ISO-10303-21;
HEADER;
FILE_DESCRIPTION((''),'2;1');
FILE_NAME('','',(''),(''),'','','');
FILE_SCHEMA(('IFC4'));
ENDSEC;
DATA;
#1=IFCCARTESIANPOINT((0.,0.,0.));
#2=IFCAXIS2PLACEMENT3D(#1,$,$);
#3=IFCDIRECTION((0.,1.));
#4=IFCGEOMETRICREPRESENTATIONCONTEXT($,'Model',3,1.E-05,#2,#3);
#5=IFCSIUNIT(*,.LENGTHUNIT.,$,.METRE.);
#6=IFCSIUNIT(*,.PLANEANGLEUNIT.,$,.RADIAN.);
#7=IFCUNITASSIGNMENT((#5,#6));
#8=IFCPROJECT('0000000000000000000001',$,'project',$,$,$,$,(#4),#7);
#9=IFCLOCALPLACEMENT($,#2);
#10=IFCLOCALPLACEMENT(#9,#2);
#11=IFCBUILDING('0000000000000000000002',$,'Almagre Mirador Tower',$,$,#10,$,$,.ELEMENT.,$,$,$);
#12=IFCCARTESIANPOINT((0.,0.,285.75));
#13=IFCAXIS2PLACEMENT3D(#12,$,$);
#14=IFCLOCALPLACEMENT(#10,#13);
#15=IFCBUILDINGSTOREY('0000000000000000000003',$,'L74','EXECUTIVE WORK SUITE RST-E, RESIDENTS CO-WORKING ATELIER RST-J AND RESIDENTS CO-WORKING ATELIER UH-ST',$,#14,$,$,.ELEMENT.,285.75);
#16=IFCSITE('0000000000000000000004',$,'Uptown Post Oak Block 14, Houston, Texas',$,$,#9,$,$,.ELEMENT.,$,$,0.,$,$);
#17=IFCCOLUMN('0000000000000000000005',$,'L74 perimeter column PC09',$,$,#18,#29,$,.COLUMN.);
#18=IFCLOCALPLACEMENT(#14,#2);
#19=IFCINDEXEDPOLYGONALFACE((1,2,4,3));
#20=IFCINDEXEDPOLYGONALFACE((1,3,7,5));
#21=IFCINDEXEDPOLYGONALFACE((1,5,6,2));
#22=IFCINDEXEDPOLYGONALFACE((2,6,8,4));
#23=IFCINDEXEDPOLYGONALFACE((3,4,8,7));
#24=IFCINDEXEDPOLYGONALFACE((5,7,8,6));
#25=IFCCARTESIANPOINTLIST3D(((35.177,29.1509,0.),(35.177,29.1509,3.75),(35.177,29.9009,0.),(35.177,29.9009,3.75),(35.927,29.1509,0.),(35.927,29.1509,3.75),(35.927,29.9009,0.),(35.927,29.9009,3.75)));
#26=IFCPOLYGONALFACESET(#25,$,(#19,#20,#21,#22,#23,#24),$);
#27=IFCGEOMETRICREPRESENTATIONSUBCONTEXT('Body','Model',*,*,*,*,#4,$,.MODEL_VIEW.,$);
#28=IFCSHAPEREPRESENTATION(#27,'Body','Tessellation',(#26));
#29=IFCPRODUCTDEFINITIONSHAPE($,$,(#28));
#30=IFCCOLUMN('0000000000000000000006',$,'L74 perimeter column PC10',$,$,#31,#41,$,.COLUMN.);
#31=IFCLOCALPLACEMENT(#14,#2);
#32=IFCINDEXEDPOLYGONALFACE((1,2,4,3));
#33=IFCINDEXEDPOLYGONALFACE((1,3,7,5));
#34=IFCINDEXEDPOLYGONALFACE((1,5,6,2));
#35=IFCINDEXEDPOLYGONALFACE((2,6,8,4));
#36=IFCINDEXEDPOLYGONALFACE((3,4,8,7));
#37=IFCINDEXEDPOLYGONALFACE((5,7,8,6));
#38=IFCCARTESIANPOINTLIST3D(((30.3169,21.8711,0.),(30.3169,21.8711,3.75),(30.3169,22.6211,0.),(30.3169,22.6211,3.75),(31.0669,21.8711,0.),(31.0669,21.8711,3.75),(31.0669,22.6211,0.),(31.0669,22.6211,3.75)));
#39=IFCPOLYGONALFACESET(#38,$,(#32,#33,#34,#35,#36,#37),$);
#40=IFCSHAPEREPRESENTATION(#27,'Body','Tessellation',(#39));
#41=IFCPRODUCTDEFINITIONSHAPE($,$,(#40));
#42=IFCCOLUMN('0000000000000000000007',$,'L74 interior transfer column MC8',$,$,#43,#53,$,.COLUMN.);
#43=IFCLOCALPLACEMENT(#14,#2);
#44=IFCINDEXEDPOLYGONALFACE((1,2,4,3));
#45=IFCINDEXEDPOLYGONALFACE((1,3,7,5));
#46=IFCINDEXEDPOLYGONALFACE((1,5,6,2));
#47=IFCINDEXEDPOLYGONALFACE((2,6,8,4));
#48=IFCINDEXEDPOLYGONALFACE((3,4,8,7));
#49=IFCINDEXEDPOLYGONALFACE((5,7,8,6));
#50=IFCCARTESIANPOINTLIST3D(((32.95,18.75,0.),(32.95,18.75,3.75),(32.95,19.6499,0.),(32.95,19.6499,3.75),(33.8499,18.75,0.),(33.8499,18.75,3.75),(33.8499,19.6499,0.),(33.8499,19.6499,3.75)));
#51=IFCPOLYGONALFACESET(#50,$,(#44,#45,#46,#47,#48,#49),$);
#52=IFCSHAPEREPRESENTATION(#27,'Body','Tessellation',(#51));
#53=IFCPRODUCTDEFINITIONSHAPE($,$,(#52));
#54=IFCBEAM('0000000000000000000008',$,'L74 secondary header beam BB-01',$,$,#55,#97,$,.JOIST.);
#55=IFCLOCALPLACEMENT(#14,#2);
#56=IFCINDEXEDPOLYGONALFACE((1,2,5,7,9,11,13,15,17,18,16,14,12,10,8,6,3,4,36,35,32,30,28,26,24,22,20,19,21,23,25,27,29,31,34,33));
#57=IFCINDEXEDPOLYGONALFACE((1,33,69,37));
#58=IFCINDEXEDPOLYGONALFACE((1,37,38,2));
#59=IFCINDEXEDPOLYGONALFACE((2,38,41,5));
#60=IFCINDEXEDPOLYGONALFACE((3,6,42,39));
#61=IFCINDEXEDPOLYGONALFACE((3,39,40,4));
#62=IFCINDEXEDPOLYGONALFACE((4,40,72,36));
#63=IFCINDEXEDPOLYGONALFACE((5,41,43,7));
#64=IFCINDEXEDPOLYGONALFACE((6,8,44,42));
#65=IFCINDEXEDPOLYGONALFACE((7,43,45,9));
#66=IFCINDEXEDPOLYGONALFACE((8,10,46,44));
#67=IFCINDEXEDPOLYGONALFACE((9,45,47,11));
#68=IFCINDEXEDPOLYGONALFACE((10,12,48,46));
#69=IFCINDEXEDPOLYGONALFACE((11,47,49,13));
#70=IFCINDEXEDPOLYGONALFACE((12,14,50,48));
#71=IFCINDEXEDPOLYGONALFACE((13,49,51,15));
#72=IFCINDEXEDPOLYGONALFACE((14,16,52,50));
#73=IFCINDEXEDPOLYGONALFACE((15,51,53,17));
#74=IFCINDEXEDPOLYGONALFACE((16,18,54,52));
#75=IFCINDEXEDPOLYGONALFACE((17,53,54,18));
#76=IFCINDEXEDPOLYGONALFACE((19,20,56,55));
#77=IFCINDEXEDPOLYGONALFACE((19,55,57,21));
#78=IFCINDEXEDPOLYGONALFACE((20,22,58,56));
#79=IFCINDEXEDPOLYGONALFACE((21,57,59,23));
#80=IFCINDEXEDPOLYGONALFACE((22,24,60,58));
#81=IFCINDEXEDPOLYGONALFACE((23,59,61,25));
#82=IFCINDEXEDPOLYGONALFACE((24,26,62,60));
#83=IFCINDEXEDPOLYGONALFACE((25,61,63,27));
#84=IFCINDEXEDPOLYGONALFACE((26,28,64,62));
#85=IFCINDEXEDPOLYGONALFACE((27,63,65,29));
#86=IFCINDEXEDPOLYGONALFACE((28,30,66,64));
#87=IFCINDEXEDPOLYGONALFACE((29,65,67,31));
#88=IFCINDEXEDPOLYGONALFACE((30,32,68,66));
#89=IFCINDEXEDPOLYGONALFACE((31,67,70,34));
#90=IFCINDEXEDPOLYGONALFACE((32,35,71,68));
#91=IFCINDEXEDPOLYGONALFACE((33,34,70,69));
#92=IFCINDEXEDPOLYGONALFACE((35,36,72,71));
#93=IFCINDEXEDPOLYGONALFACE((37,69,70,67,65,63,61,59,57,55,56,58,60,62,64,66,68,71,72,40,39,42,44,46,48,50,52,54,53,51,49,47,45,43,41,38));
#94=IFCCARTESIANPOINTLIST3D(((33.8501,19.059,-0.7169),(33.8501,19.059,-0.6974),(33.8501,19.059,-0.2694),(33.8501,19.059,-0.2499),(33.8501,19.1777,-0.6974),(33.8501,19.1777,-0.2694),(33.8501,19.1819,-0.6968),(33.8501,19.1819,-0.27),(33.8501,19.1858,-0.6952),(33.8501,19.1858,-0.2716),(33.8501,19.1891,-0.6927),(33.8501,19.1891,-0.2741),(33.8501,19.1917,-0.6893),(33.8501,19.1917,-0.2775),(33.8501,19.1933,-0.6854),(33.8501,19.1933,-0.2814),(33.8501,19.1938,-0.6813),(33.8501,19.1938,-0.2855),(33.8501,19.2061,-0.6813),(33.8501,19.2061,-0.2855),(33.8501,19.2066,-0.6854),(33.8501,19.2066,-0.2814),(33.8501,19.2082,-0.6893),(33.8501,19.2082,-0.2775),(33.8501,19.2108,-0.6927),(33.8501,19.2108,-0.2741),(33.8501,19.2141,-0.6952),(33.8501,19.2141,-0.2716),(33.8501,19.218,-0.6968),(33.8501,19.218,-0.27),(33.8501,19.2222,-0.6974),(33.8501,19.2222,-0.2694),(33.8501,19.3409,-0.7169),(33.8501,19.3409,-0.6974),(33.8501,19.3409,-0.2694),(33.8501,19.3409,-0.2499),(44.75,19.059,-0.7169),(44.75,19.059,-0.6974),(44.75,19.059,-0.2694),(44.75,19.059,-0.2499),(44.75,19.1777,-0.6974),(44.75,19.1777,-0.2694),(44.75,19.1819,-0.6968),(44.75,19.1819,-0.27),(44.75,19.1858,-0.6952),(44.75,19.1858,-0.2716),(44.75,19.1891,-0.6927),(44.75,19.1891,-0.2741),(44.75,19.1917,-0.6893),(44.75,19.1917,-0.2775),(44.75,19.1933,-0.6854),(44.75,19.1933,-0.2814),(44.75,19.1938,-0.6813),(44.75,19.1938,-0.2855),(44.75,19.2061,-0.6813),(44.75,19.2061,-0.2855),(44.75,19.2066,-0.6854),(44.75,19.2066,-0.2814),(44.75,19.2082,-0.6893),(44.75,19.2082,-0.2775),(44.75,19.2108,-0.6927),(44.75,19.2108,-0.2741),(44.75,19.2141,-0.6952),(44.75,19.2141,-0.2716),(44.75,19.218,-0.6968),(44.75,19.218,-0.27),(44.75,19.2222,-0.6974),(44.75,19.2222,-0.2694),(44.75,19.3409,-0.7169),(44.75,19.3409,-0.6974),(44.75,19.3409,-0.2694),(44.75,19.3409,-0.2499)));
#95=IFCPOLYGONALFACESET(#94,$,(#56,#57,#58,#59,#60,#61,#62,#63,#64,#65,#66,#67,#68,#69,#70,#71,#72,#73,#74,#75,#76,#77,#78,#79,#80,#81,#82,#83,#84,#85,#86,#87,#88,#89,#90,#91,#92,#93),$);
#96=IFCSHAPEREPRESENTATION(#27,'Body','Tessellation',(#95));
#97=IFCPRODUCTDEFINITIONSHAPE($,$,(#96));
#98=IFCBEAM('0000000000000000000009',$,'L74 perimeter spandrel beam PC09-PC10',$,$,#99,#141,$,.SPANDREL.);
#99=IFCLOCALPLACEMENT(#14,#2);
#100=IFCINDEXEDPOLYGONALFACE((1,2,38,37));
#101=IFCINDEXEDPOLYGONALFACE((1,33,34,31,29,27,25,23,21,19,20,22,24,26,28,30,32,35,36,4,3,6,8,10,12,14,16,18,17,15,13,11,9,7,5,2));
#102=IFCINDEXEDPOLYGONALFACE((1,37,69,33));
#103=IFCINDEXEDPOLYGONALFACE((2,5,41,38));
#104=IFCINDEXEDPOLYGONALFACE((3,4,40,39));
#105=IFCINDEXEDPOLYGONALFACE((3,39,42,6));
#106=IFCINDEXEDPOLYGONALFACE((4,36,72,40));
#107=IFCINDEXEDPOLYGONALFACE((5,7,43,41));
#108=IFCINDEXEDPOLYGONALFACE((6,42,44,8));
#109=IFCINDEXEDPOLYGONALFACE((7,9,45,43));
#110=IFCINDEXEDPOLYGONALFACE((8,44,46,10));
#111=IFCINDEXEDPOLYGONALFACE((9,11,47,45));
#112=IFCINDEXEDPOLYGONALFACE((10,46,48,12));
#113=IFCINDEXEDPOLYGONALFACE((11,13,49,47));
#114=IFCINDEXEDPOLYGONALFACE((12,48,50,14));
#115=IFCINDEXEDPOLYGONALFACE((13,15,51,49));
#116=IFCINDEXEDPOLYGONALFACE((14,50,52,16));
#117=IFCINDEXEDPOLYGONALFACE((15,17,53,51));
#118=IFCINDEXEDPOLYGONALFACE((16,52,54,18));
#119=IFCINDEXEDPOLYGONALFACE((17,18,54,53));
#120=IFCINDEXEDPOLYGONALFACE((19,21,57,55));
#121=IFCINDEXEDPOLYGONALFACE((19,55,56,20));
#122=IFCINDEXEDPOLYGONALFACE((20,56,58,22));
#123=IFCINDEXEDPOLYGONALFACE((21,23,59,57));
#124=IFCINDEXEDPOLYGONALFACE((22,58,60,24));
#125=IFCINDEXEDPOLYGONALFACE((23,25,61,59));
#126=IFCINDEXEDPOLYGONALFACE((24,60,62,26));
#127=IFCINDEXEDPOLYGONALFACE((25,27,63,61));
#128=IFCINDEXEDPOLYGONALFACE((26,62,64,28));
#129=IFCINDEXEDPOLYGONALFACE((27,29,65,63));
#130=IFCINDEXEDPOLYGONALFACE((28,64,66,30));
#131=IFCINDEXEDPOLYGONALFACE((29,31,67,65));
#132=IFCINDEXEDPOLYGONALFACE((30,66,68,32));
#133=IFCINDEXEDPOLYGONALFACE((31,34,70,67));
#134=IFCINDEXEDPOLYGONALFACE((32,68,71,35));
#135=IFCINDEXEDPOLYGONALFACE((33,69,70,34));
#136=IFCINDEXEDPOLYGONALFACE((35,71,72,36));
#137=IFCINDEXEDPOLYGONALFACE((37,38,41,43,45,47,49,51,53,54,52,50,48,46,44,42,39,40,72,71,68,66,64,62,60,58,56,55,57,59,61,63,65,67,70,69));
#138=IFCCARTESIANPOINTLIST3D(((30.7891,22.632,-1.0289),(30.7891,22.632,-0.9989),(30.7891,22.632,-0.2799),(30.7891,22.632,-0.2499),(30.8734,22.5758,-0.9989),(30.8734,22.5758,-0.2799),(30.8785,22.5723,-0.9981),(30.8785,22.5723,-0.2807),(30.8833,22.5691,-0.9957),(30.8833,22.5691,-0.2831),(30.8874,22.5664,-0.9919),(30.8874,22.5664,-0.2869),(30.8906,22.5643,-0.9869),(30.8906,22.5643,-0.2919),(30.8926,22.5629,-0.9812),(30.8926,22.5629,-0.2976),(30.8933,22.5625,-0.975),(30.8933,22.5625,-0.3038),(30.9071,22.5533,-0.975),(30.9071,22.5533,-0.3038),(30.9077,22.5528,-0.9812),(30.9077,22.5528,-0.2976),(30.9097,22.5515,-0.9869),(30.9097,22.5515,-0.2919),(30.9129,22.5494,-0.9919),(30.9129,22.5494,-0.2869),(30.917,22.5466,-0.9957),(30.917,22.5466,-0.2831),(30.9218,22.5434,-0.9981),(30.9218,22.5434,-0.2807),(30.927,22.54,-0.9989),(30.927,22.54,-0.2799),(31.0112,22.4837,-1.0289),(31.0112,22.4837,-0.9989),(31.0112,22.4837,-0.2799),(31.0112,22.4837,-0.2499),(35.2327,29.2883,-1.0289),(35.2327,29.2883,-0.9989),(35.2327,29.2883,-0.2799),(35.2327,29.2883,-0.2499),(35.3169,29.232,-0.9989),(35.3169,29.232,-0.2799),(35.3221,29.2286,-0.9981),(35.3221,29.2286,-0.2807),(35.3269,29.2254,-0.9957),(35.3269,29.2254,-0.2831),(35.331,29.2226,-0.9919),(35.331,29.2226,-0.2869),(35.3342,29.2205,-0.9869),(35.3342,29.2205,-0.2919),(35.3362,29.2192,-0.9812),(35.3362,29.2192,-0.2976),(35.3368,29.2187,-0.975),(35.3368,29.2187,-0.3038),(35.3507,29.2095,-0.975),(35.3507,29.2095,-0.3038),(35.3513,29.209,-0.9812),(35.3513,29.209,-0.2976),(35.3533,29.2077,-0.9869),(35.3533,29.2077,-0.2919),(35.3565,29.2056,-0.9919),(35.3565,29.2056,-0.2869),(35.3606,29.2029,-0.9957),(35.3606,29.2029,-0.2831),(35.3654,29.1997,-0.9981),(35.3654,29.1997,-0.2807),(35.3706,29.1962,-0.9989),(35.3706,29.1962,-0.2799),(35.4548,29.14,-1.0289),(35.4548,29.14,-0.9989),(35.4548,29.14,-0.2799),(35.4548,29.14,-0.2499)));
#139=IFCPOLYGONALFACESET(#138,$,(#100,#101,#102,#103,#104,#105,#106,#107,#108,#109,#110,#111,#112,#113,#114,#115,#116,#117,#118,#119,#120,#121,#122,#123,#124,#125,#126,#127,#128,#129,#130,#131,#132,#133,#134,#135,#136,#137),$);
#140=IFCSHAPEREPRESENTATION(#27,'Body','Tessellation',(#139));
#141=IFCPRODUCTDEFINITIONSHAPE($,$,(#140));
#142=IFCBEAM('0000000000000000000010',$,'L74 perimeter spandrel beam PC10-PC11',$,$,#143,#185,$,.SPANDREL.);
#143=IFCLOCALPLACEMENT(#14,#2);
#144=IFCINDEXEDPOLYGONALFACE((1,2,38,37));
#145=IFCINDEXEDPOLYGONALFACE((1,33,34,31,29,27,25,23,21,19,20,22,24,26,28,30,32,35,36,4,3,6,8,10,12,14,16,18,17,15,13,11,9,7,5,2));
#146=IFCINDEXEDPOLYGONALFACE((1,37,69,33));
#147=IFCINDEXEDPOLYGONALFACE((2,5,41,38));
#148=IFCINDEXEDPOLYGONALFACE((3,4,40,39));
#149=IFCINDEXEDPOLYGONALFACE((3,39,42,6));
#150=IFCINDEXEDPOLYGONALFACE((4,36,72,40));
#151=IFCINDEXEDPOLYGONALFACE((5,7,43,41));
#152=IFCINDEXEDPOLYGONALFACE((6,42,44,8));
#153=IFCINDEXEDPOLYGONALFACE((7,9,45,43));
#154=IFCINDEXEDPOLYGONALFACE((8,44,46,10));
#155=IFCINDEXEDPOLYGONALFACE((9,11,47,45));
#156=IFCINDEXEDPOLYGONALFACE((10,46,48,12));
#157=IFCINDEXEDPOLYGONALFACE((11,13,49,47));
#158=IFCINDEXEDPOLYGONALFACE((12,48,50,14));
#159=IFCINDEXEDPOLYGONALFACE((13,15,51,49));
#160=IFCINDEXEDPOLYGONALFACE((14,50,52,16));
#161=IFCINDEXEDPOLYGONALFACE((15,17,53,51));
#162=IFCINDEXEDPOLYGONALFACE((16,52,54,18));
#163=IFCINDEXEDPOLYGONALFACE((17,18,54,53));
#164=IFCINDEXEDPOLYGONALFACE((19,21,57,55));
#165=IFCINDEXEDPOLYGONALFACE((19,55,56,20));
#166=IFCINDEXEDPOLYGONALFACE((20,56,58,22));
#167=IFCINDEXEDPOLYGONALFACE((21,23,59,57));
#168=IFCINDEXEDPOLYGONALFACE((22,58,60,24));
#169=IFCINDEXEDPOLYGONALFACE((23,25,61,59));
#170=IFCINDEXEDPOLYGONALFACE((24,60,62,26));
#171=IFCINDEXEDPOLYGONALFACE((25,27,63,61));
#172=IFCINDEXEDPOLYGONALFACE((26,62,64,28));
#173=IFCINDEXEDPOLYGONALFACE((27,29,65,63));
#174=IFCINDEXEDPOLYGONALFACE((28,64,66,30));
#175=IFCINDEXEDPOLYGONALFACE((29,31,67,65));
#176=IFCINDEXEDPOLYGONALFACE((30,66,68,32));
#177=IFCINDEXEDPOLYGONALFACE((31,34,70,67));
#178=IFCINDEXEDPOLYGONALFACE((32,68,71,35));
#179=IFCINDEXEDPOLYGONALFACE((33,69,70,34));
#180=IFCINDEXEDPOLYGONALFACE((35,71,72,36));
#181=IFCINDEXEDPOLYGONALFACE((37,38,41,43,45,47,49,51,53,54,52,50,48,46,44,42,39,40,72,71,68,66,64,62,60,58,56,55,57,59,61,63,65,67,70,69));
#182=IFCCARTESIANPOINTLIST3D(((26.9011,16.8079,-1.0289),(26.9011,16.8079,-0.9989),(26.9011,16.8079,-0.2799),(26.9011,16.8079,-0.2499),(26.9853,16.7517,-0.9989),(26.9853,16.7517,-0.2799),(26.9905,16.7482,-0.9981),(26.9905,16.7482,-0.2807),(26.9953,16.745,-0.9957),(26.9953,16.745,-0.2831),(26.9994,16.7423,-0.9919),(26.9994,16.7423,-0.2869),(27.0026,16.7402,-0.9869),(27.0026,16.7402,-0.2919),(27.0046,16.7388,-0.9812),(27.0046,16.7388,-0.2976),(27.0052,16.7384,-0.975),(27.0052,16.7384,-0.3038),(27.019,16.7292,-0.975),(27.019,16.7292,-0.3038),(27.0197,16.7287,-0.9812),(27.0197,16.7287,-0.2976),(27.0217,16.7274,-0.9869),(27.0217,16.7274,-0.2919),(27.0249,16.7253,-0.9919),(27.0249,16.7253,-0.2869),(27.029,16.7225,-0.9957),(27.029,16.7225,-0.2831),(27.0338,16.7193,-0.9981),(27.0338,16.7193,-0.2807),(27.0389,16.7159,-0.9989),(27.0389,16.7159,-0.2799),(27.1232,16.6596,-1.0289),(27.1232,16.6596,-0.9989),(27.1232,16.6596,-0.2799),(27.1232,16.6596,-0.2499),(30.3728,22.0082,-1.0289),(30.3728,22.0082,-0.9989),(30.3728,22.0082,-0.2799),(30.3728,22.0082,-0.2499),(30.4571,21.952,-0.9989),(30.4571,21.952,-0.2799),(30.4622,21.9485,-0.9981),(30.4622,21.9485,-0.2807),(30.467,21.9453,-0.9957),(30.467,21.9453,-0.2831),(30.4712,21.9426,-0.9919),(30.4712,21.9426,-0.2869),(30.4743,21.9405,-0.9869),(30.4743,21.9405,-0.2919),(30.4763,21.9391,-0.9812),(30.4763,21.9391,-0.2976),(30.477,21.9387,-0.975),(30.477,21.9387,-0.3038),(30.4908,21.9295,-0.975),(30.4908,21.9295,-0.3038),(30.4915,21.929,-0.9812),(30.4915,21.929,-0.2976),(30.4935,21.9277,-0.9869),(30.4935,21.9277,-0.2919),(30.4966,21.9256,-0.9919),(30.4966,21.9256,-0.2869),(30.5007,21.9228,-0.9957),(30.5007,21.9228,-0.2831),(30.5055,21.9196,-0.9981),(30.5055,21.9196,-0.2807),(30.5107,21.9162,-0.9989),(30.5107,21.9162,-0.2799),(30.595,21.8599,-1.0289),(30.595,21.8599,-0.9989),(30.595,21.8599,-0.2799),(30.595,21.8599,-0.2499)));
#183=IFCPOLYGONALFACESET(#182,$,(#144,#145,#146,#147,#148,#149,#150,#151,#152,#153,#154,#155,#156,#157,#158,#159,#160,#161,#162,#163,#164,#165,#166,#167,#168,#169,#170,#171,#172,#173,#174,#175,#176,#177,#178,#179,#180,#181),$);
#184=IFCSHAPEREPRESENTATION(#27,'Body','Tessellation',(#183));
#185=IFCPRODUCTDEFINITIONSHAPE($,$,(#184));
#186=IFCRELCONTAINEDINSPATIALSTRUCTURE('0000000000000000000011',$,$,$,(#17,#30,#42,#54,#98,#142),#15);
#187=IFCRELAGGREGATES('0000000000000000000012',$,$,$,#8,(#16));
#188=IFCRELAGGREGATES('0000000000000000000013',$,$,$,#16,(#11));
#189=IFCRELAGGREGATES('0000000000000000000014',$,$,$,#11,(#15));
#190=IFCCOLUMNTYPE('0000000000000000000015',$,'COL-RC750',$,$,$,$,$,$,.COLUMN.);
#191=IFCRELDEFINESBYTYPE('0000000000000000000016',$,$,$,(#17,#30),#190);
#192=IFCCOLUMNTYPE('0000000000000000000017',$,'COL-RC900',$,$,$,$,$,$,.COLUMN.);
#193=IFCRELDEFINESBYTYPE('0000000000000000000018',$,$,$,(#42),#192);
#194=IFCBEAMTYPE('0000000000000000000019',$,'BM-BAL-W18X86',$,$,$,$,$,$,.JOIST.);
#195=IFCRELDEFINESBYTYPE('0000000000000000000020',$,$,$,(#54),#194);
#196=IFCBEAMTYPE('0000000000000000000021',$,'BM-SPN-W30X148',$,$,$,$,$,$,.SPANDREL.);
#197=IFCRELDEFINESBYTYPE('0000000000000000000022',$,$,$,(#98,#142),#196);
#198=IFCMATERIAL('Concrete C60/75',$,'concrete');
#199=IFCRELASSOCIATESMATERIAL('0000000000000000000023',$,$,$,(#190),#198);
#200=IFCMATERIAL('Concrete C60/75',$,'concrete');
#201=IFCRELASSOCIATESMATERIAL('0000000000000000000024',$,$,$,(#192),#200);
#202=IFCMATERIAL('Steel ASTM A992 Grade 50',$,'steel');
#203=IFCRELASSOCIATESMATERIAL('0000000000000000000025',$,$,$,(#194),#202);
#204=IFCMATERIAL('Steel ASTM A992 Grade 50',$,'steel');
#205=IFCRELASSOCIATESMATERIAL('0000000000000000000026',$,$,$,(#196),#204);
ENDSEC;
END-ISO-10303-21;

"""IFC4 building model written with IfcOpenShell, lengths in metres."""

from ifc_helpers import new_model, si_unit, direction, frame, origin, origin_2d, place, context, subcontext, project, spatial, rectangle, i_section, extrude, material, material_profile, profile_set, type_object, element, save


model = new_model("IFC4")

# Units and contexts
model_context = context("Model", 3, precision=1e-05, world=origin(), true_north=direction((0.0, 1.0)))
body_context = subcontext(model_context, "Body", "Model", "MODEL_VIEW")
ifc_project = project(units=[si_unit("LENGTHUNIT", "METRE"), si_unit("PLANEANGLEUNIT", "RADIAN")], contexts=[model_context])

# Site, building, storey
site_placement = place(None, origin())
site = spatial("IfcSite", under=ifc_project, at=site_placement, Name="Uptown Post Oak Block 14, Houston, Texas", CompositionType="ELEMENT", RefElevation=0.0)
building_placement = place(site_placement, origin())
building = spatial("IfcBuilding", under=site, at=building_placement, Name="Almagre Mirador Tower", CompositionType="ELEMENT")
storey_placement = place(building_placement, frame((0.0, 0.0, 285.75)))
storey = spatial("IfcBuildingStorey", under=building, at=storey_placement, Name="L74", Description="EXECUTIVE WORK SUITE RST-E, RESIDENTS CO-WORKING ATELIER RST-J AND RESIDENTS CO-WORKING ATELIER UH-ST", CompositionType="ELEMENT", Elevation=285.75)

# Columns
ifc_material_1 = material(Name="Concrete C60/75", Category="concrete")
ifc_material_profile_1 = material_profile(ifc_material_1, rectangle(XDim=0.75, YDim=0.75, at=origin_2d()), Name="RC750X750")
ifc_profile_set_1 = profile_set([ifc_material_profile_1], Name="Concrete C60/75")
column_type_1 = type_object("IfcColumnType", Name="COL-RC750", PredefinedType="COLUMN", material=ifc_profile_set_1)
for number, where, z_axis, x_axis, name in (
    (1, (35.552, 29.5259, 0.0), (0.0, 0.0, 1.0), (1.0, 0.0, 0.0), "L74 perimeter column PC09"),
    (2, (30.6919, 22.2461, 0.0), (0.0, 0.0, 1.0), (1.0, 0.0, 0.0), "L74 perimeter column PC10"),
):
    element("IfcColumn", number, at=place(storey_placement, frame(where, z_axis=z_axis, x_axis=x_axis)), inside=storey, type_object=column_type_1, Name=name, PredefinedType="COLUMN", context=body_context, shape_type="SweptSolid", body=[
        extrude(rectangle(XDim=0.75, YDim=0.75, at=origin_2d()), origin(), (0.0, 0.0, 1.0), 3.75),
    ])
ifc_material_2 = material(Name="Concrete C60/75", Category="concrete")
ifc_material_profile_2 = material_profile(ifc_material_2, rectangle(XDim=0.8999, YDim=0.8999, at=origin_2d()), Name="RC900X900")
ifc_profile_set_2 = profile_set([ifc_material_profile_2], Name="Concrete C60/75")
column_type_2 = type_object("IfcColumnType", Name="COL-RC900", PredefinedType="COLUMN", material=ifc_profile_set_2)
column_placement = place(storey_placement, frame((33.3999, 19.2, 0.0), z_axis=(0.0, 0.0, 1.0), x_axis=(1.0, 0.0, 0.0)))
element("IfcColumn", 3, at=column_placement, inside=storey, type_object=column_type_2, Name="L74 interior transfer column MC8", PredefinedType="COLUMN", context=body_context, shape_type="SweptSolid", body=[
    extrude(rectangle(XDim=0.8999, YDim=0.8999, at=origin_2d()), origin(), (0.0, 0.0, 1.0), 3.75),
])

# Beams
ifc_material_3 = material(Name="Steel ASTM A992 Grade 50", Category="steel")
ifc_material_profile_3 = material_profile(ifc_material_3, i_section(OverallWidth=0.282, OverallDepth=0.467, WebThickness=0.0122, FlangeThickness=0.0195, FilletRadius=0.0161, at=origin_2d()), Name="W18X86")
ifc_profile_set_3 = profile_set([ifc_material_profile_3], Name="Steel ASTM A992 Grade 50")
beam_type_1 = type_object("IfcBeamType", Name="BM-BAL-W18X86", PredefinedType="JOIST", material=ifc_profile_set_3)
beam_1_placement = place(storey_placement, frame((33.8501, 19.2, -0.4834), z_axis=(1.0, 0.0, 0.0), x_axis=(0.0, 1.0, 0.0)))
element("IfcBeam", 4, at=beam_1_placement, inside=storey, type_object=beam_type_1, Name="L74 secondary header beam BB-01", PredefinedType="JOIST", context=body_context, shape_type="SweptSolid", body=[
    extrude(i_section(OverallWidth=0.282, OverallDepth=0.467, WebThickness=0.0122, FlangeThickness=0.0195, FilletRadius=0.0161, at=origin_2d()), origin(), (0.0, 0.0, 1.0), 10.8999),
])
ifc_material_4 = material(Name="Steel ASTM A992 Grade 50", Category="steel")
ifc_material_profile_4 = material_profile(ifc_material_4, i_section(OverallWidth=0.2671, OverallDepth=0.7791, WebThickness=0.0166, FlangeThickness=0.03, FilletRadius=0.0239, at=origin_2d()), Name="W30X148")
ifc_profile_set_4 = profile_set([ifc_material_profile_4], Name="Steel ASTM A992 Grade 50")
beam_type_2 = type_object("IfcBeamType", Name="BM-SPN-W30X148", PredefinedType="SPANDREL", material=ifc_profile_set_4)
beam_2_placement = place(storey_placement, frame((35.3438, 29.2141, -0.6394), z_axis=(-0.555228, -0.831698, 0.0), x_axis=(0.831698, -0.555228, 0.0)))
element("IfcBeam", 5, at=beam_2_placement, inside=storey, type_object=beam_type_2, Name="L74 perimeter spandrel beam PC09-PC10", PredefinedType="SPANDREL", context=body_context, shape_type="SweptSolid", body=[
    extrude(i_section(OverallWidth=0.2671, OverallDepth=0.7791, WebThickness=0.0166, FlangeThickness=0.03, FilletRadius=0.0239, at=origin_2d()), origin(), (0.0, 0.0, 1.0), 8.0032),
])
beam_3_placement = place(storey_placement, frame((30.4839, 21.9341, -0.6394), z_axis=(-0.555241, -0.83169, 0.0), x_axis=(0.83169, -0.555241, 0.0)))
element("IfcBeam", 6, at=beam_3_placement, inside=storey, type_object=beam_type_2, Name="L74 perimeter spandrel beam PC10-PC11", PredefinedType="SPANDREL", context=body_context, shape_type="SweptSolid", body=[
    extrude(i_section(OverallWidth=0.2671, OverallDepth=0.7791, WebThickness=0.0166, FlangeThickness=0.03, FilletRadius=0.0239, at=origin_2d()), origin(), (0.0, 0.0, 1.0), 6.2527),
])

save(model, "model.ifc")
